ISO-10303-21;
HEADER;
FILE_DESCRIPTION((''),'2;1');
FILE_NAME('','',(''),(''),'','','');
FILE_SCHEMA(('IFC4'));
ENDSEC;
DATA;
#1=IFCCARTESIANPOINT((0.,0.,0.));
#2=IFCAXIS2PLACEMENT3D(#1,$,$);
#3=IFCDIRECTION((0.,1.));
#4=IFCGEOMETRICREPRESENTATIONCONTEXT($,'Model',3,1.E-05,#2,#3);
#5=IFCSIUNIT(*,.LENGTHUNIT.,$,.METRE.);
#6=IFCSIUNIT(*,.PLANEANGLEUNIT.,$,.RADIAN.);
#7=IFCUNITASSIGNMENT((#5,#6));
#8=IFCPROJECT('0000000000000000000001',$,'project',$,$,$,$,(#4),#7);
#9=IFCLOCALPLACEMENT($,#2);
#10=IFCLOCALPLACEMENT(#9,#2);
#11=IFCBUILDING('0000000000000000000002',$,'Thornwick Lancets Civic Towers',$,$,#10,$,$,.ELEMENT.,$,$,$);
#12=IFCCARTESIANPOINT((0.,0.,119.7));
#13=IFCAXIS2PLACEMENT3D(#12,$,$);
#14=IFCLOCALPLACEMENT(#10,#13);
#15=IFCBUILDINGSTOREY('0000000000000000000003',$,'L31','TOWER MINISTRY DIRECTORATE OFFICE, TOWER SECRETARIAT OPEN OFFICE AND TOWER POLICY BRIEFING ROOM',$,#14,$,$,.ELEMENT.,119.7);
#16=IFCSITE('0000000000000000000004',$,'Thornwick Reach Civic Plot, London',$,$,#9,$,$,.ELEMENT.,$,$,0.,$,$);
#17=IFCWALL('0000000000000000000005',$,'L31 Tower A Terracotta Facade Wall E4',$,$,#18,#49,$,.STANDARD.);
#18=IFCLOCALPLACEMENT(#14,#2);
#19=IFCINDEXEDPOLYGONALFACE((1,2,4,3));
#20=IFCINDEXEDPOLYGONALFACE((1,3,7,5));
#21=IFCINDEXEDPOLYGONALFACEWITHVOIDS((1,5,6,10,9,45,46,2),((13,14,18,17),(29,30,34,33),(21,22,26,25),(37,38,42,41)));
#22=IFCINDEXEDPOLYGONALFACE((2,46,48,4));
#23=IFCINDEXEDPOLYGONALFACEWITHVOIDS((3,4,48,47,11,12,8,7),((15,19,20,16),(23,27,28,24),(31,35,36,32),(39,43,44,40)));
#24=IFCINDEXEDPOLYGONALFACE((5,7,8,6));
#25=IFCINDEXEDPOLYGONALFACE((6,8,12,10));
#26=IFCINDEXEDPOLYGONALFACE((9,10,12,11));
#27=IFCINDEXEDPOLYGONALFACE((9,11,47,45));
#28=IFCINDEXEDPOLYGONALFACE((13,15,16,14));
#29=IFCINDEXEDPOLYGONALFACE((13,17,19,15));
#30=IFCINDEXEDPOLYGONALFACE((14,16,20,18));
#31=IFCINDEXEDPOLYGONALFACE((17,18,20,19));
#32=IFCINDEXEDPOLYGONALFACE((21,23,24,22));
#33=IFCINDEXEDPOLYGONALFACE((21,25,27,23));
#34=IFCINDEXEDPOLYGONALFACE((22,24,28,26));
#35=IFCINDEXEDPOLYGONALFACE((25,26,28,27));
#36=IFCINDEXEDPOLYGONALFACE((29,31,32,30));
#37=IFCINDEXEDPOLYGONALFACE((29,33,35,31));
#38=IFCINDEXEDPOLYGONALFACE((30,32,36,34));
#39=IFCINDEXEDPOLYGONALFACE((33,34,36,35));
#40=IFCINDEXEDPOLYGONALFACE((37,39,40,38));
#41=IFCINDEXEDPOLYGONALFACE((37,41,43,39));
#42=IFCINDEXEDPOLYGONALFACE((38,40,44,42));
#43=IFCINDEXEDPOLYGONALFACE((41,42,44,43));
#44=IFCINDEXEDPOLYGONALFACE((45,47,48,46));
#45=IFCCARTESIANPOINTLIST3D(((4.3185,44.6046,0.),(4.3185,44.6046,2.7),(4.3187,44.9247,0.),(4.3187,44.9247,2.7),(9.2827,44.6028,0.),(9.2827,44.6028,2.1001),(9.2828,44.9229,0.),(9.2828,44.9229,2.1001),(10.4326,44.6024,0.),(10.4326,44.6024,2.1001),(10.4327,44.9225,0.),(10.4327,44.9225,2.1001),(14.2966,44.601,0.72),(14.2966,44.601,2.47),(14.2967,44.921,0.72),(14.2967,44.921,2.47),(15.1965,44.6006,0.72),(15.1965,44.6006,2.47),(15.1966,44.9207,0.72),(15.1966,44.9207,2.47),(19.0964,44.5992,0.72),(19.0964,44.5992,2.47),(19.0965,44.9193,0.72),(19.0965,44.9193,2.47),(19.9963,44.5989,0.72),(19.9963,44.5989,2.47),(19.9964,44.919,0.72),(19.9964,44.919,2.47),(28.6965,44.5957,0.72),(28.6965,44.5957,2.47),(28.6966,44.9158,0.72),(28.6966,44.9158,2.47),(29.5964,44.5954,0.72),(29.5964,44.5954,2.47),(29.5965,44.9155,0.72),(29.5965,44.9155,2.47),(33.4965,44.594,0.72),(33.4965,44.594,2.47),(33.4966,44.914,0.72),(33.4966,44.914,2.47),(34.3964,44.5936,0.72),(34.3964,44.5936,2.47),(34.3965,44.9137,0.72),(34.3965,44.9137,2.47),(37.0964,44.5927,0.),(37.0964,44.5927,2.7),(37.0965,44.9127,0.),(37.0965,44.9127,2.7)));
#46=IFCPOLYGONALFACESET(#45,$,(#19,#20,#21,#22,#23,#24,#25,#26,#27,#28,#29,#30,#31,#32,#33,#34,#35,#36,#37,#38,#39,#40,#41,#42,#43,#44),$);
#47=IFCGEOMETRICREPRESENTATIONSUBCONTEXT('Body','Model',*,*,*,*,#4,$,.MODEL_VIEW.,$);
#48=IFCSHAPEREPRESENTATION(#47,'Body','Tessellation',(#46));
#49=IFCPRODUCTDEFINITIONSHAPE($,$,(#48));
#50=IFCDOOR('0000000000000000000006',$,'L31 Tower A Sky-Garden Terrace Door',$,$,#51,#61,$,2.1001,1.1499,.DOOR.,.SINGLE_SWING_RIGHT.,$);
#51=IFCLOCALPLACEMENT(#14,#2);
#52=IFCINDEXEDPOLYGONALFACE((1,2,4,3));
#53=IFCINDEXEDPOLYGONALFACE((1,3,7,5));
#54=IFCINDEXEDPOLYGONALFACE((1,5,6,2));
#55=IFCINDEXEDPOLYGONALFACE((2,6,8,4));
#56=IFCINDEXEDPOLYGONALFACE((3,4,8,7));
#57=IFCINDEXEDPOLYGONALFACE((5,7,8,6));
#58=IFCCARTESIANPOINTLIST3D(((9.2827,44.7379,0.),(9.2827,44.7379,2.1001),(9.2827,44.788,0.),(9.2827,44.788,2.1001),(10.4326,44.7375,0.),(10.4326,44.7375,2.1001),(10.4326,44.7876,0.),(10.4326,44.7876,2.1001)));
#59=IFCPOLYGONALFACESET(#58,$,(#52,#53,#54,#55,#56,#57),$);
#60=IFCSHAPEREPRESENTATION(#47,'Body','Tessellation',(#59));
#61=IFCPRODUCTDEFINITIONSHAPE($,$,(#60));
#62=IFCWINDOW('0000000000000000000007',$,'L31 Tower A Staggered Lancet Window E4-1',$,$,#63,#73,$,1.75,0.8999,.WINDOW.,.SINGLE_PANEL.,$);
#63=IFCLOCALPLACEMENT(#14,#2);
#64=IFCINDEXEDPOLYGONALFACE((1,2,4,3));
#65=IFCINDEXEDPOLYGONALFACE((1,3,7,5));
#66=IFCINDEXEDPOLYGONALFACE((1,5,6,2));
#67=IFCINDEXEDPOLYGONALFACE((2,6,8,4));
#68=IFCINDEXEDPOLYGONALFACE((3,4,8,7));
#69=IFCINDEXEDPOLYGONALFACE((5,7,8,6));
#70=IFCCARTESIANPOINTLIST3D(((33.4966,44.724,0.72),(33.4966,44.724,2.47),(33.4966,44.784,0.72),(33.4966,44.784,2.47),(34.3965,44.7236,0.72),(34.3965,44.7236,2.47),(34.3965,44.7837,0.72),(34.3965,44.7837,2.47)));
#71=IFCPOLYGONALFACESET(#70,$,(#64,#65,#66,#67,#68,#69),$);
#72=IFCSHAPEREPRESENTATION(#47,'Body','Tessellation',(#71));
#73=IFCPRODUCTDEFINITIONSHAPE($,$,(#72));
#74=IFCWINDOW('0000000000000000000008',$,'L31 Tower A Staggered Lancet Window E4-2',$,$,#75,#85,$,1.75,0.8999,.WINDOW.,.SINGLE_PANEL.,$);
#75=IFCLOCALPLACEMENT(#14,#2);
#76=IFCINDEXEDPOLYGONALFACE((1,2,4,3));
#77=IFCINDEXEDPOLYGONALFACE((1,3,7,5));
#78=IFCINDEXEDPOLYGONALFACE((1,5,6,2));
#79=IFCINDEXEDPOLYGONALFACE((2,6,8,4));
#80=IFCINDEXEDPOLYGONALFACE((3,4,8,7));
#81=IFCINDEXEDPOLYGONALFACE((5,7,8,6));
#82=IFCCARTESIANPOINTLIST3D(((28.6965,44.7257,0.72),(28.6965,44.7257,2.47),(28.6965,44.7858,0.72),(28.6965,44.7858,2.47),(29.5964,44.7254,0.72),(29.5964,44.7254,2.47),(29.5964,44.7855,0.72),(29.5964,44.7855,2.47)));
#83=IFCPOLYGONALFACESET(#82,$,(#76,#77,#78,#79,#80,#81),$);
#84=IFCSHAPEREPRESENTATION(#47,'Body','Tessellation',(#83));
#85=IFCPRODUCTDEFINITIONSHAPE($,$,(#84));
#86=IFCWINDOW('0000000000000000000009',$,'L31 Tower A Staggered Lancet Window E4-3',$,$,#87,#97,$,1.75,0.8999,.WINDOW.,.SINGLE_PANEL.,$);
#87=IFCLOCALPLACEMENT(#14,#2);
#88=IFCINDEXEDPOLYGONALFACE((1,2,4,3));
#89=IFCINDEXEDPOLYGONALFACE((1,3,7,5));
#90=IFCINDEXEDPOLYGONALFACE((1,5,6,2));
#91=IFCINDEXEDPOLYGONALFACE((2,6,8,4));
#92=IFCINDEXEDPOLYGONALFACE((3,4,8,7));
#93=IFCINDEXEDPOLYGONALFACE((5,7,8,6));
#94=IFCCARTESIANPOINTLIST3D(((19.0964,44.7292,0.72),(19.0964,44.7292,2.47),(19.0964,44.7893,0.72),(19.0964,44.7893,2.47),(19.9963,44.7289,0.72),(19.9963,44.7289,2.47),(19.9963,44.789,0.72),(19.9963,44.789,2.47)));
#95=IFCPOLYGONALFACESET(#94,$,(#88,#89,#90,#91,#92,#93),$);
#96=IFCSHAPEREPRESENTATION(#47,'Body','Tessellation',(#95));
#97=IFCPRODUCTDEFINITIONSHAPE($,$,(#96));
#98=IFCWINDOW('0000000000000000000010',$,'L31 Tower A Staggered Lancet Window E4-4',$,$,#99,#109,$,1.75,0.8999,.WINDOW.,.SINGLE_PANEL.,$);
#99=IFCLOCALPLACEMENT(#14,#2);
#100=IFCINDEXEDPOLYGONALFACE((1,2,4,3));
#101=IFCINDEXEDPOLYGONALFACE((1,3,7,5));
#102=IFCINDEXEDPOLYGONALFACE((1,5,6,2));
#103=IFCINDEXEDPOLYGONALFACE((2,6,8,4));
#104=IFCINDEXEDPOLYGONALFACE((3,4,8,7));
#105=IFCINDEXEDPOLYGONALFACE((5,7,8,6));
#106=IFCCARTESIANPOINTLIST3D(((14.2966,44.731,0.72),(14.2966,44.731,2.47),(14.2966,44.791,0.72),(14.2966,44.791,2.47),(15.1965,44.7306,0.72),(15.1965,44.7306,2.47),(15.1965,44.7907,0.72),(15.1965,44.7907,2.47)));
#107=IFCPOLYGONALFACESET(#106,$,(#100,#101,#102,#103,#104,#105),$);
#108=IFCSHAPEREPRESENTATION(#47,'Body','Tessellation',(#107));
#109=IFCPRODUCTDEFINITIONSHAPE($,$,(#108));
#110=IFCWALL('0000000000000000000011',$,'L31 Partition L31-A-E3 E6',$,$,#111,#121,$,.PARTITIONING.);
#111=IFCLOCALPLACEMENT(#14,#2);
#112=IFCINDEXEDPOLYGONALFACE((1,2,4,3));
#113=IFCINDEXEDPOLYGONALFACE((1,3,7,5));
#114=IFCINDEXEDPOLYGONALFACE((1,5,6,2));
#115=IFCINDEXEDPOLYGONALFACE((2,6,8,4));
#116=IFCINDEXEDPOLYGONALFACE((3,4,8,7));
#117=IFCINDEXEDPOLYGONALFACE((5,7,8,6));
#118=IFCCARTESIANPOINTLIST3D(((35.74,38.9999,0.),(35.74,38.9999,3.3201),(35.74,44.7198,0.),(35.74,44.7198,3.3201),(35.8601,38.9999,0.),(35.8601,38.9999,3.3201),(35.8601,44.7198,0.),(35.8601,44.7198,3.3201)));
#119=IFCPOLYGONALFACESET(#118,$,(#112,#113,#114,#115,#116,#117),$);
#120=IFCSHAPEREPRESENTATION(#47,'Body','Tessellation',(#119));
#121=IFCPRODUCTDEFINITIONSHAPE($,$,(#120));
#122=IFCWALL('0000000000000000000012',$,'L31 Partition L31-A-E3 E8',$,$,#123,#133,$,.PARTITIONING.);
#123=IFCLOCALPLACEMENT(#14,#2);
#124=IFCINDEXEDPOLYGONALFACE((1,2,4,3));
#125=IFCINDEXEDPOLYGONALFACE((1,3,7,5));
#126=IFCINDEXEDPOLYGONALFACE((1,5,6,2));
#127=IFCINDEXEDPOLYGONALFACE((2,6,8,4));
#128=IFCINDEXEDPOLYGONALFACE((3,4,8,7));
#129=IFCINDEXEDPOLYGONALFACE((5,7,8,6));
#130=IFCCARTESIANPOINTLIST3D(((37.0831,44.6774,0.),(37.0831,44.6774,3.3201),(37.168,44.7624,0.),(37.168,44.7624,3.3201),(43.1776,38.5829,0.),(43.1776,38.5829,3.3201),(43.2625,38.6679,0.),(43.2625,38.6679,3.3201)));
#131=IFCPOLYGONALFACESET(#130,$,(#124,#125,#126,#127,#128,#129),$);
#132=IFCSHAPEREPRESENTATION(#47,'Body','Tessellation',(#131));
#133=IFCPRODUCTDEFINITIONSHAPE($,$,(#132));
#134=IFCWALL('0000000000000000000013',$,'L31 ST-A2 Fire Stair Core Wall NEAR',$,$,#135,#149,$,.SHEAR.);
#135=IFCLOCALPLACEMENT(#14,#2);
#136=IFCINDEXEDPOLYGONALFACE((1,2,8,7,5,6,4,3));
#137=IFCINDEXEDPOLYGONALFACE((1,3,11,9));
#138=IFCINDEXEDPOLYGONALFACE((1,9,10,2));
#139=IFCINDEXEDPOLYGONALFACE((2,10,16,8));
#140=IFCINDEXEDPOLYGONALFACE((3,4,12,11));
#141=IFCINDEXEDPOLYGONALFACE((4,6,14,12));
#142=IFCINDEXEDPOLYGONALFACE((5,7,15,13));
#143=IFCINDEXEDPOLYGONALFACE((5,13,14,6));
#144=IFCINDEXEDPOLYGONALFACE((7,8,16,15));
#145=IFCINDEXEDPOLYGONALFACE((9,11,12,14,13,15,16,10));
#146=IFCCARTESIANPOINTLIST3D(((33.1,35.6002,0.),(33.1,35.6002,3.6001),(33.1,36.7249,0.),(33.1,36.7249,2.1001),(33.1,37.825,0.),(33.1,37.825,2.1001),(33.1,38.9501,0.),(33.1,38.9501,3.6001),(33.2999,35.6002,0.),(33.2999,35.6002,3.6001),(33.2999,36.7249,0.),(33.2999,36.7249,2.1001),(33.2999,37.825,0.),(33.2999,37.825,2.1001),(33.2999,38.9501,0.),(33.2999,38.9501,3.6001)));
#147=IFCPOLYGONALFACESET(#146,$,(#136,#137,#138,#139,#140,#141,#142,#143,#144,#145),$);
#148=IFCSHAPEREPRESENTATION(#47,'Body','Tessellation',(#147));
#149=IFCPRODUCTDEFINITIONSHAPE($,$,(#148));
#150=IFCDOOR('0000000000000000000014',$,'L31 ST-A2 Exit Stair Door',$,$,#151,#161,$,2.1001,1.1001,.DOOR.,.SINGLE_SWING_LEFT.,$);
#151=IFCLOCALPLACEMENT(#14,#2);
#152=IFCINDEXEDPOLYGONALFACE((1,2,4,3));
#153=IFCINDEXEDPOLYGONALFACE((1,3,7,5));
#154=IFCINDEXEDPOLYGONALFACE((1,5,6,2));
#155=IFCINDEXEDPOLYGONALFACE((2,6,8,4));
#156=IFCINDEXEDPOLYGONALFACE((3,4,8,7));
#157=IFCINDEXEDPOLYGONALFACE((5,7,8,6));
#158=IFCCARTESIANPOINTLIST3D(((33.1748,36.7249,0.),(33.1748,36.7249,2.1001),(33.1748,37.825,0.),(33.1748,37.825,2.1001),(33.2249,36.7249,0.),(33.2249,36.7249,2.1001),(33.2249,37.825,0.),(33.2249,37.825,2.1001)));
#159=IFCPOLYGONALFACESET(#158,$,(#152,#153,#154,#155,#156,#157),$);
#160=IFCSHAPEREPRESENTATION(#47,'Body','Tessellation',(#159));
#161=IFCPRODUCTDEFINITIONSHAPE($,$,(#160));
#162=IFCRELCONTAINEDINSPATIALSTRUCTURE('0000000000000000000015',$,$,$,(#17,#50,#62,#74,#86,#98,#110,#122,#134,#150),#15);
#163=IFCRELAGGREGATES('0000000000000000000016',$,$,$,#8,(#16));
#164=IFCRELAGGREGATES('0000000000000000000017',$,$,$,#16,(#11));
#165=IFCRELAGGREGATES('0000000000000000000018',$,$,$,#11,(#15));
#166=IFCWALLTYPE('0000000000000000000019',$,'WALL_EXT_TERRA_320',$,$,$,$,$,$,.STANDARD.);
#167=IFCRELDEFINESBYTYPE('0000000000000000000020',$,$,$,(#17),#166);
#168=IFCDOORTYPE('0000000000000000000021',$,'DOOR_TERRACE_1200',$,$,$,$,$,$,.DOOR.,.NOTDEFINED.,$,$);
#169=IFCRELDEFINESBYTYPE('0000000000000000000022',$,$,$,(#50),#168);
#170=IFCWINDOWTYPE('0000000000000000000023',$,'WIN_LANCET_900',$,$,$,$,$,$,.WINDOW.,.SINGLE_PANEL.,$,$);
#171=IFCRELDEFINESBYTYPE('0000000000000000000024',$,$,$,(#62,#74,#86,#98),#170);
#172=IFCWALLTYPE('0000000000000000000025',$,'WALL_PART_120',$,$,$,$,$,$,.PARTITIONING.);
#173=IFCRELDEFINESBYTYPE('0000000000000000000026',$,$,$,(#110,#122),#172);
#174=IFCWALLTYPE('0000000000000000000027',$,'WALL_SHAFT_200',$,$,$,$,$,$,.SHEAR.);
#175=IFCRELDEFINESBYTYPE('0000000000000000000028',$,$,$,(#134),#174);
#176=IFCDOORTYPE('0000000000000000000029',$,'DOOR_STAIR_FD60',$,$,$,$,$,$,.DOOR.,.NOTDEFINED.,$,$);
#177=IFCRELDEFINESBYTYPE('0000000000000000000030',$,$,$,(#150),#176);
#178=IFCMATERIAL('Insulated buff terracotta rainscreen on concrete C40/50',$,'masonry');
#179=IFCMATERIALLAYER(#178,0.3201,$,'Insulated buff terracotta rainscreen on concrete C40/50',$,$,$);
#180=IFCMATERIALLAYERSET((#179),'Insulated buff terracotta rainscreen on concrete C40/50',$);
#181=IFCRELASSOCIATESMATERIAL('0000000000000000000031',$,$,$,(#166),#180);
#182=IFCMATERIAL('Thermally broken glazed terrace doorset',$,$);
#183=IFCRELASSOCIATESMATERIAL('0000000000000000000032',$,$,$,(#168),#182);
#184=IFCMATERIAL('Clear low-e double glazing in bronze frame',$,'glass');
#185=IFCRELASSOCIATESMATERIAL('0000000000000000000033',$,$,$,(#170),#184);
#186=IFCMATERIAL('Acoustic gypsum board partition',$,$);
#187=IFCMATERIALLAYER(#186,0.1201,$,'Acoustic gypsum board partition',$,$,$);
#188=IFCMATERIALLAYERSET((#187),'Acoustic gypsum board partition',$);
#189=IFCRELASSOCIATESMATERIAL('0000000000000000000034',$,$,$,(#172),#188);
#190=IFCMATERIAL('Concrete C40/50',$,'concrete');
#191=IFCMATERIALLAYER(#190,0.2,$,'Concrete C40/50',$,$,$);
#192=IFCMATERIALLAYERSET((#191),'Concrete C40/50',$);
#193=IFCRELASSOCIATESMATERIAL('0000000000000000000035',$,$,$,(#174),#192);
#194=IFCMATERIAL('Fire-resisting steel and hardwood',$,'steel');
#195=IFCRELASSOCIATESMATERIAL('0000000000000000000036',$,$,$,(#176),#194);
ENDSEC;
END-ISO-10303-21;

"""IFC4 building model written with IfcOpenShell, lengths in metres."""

from ifc_helpers import new_model, si_unit, direction, frame, frame_2d, origin, place, context, subcontext, project, spatial, rectangle, extrude, material, layer, layer_set, type_object, element, fill, save


model = new_model("IFC4")

# Units and contexts
model_context = context("Model", 3, precision=1e-05, world=origin(), true_north=direction((0.0, 1.0)))
body_context = subcontext(model_context, "Body", "Model", "MODEL_VIEW")
ifc_project = project(units=[si_unit("LENGTHUNIT", "METRE"), si_unit("PLANEANGLEUNIT", "RADIAN")], contexts=[model_context])

# Site, building, storey
site_placement = place(None, origin())
site = spatial("IfcSite", under=ifc_project, at=site_placement, Name="Thornwick Reach Civic Plot, London", CompositionType="ELEMENT", RefElevation=0.0)
building_placement = place(site_placement, origin())
building = spatial("IfcBuilding", under=site, at=building_placement, Name="Thornwick Lancets Civic Towers", CompositionType="ELEMENT")
storey_placement = place(building_placement, frame((0.0, 0.0, 119.7)))
storey = spatial("IfcBuildingStorey", under=building, at=storey_placement, Name="L31", Description="TOWER MINISTRY DIRECTORATE OFFICE, TOWER SECRETARIAT OPEN OFFICE AND TOWER POLICY BRIEFING ROOM", CompositionType="ELEMENT", Elevation=119.7)

# Wall, openings, door, windows
ifc_material_1 = material(Name="Insulated buff terracotta rainscreen on concrete C40/50", Category="masonry")
ifc_layer_1 = layer(ifc_material_1, 0.3201, Name="Insulated buff terracotta rainscreen on concrete C40/50")
ifc_layer_set_1 = layer_set([ifc_layer_1], Name="Insulated buff terracotta rainscreen on concrete C40/50")
wall_type_1 = type_object("IfcWallType", Name="WALL_EXT_TERRA_320", PredefinedType="STANDARD", material=ifc_layer_set_1)
wall_1_placement = place(storey_placement, frame((37.0964, 44.7527, 0.0), z_axis=(0.0, 0.0, 1.0), x_axis=(-1.0, 0.000365, 0.0)))
wall_1 = element("IfcWall", 1, at=wall_1_placement, inside=storey, type_object=wall_type_1, Name="L31 Tower A Terracotta Facade Wall E4", PredefinedType="STANDARD", context=body_context, shape_type="SweptSolid", body=[
    extrude(rectangle(XDim=32.7778, YDim=0.3201, at=frame_2d((16.3889, 0.0))), origin(), (0.0, 0.0, 1.0), 2.7),
])
opening_1_placement = place(wall_1_placement, frame((26.6638, 0.0, 0.0)))
opening_1 = element("IfcOpeningElement", 2, at=opening_1_placement, cuts=wall_1, PredefinedType="OPENING", context=body_context, shape_type="SweptSolid", body=[
    extrude(rectangle(XDim=1.1499, YDim=2.1001, at=frame_2d((0.575, 1.05))), frame((0.0, 0.1699, 0.0), z_axis=(0.0, -1.0, 0.0), x_axis=(1.0, 0.0, 0.0)), (0.0, 0.0, 1.0), 0.3401),
])
opening_2_placement = place(wall_1_placement, frame((2.7, 0.0, 0.72)))
opening_2 = element("IfcOpeningElement", 3, at=opening_2_placement, cuts=wall_1, PredefinedType="OPENING", context=body_context, shape_type="SweptSolid", body=[
    extrude(rectangle(XDim=0.8999, YDim=1.75, at=frame_2d((0.45, 0.875))), frame((0.0, 0.1699, 0.0), z_axis=(0.0, -1.0, 0.0), x_axis=(1.0, 0.0, 0.0)), (0.0, 0.0, 1.0), 0.3401),
])
opening_3_placement = place(wall_1_placement, frame((7.5, 0.0, 0.72)))
opening_3 = element("IfcOpeningElement", 4, at=opening_3_placement, cuts=wall_1, PredefinedType="OPENING", context=body_context, shape_type="SweptSolid", body=[
    extrude(rectangle(XDim=0.8999, YDim=1.75, at=frame_2d((0.45, 0.875))), frame((0.0, 0.1699, 0.0), z_axis=(0.0, -1.0, 0.0), x_axis=(1.0, 0.0, 0.0)), (0.0, 0.0, 1.0), 0.3401),
])
opening_4_placement = place(wall_1_placement, frame((17.1001, 0.0, 0.72)))
opening_4 = element("IfcOpeningElement", 5, at=opening_4_placement, cuts=wall_1, PredefinedType="OPENING", context=body_context, shape_type="SweptSolid", body=[
    extrude(rectangle(XDim=0.8999, YDim=1.75, at=frame_2d((0.45, 0.875))), frame((0.0, 0.1699, 0.0), z_axis=(0.0, -1.0, 0.0), x_axis=(1.0, 0.0, 0.0)), (0.0, 0.0, 1.0), 0.3401),
])
opening_5_placement = place(wall_1_placement, frame((21.8999, 0.0, 0.72)))
opening_5 = element("IfcOpeningElement", 6, at=opening_5_placement, cuts=wall_1, PredefinedType="OPENING", context=body_context, shape_type="SweptSolid", body=[
    extrude(rectangle(XDim=0.8999, YDim=1.75, at=frame_2d((0.45, 0.875))), frame((0.0, 0.1699, 0.0), z_axis=(0.0, -1.0, 0.0), x_axis=(1.0, 0.0, 0.0)), (0.0, 0.0, 1.0), 0.3401),
])
ifc_material_2 = material(Name="Thermally broken glazed terrace doorset")
door_type_1 = type_object("IfcDoorType", Name="DOOR_TERRACE_1200", OperationType="NOTDEFINED", PredefinedType="DOOR", material=ifc_material_2)
door_1_placement = place(opening_1_placement, origin())
door_1 = element("IfcDoor", 7, at=door_1_placement, inside=storey, type_object=door_type_1, Name="L31 Tower A Sky-Garden Terrace Door", OperationType="SINGLE_SWING_RIGHT", OverallHeight=2.1001, OverallWidth=1.1499, PredefinedType="DOOR", context=body_context, shape_type="SweptSolid", body=[
    extrude(rectangle(XDim=1.1499, YDim=2.1001, at=frame_2d((0.575, 1.05))), frame((0.0, 0.0249, 0.0), z_axis=(0.0, -1.0, 0.0), x_axis=(1.0, 0.0, 0.0)), (0.0, 0.0, 1.0), 0.05),
])
fill(opening_1, door_1)
ifc_material_3 = material(Name="Clear low-e double glazing in bronze frame", Category="glass")
window_type = type_object("IfcWindowType", Name="WIN_LANCET_900", PartitioningType="SINGLE_PANEL", PredefinedType="WINDOW", material=ifc_material_3)
window_1_placement = place(opening_2_placement, origin())
window_1 = element("IfcWindow", 8, at=window_1_placement, inside=storey, type_object=window_type, Name="L31 Tower A Staggered Lancet Window E4-1", OverallHeight=1.75, OverallWidth=0.8999, PartitioningType="SINGLE_PANEL", PredefinedType="WINDOW", context=body_context, shape_type="SweptSolid", body=[
    extrude(rectangle(XDim=0.8999, YDim=1.75, at=frame_2d((0.45, 0.875))), frame((0.0, 0.03, 0.0), z_axis=(0.0, -1.0, 0.0), x_axis=(1.0, 0.0, 0.0)), (0.0, 0.0, 1.0), 0.0601),
])
fill(opening_2, window_1)
window_2_placement = place(opening_3_placement, origin())
window_2 = element("IfcWindow", 9, at=window_2_placement, inside=storey, type_object=window_type, Name="L31 Tower A Staggered Lancet Window E4-2", OverallHeight=1.75, OverallWidth=0.8999, PartitioningType="SINGLE_PANEL", PredefinedType="WINDOW", context=body_context, shape_type="SweptSolid", body=[
    extrude(rectangle(XDim=0.8999, YDim=1.75, at=frame_2d((0.45, 0.875))), frame((0.0, 0.03, 0.0), z_axis=(0.0, -1.0, 0.0), x_axis=(1.0, 0.0, 0.0)), (0.0, 0.0, 1.0), 0.0601),
])
fill(opening_3, window_2)
window_3_placement = place(opening_4_placement, origin())
window_3 = element("IfcWindow", 10, at=window_3_placement, inside=storey, type_object=window_type, Name="L31 Tower A Staggered Lancet Window E4-3", OverallHeight=1.75, OverallWidth=0.8999, PartitioningType="SINGLE_PANEL", PredefinedType="WINDOW", context=body_context, shape_type="SweptSolid", body=[
    extrude(rectangle(XDim=0.8999, YDim=1.75, at=frame_2d((0.45, 0.875))), frame((0.0, 0.03, 0.0), z_axis=(0.0, -1.0, 0.0), x_axis=(1.0, 0.0, 0.0)), (0.0, 0.0, 1.0), 0.0601),
])
fill(opening_4, window_3)
window_4_placement = place(opening_5_placement, origin())
window_4 = element("IfcWindow", 11, at=window_4_placement, inside=storey, type_object=window_type, Name="L31 Tower A Staggered Lancet Window E4-4", OverallHeight=1.75, OverallWidth=0.8999, PartitioningType="SINGLE_PANEL", PredefinedType="WINDOW", context=body_context, shape_type="SweptSolid", body=[
    extrude(rectangle(XDim=0.8999, YDim=1.75, at=frame_2d((0.45, 0.875))), frame((0.0, 0.03, 0.0), z_axis=(0.0, -1.0, 0.0), x_axis=(1.0, 0.0, 0.0)), (0.0, 0.0, 1.0), 0.0601),
])
fill(opening_5, window_4)

# Walls
ifc_material_4 = material(Name="Acoustic gypsum board partition")
ifc_layer_2 = layer(ifc_material_4, 0.1201, Name="Acoustic gypsum board partition")
ifc_layer_set_2 = layer_set([ifc_layer_2], Name="Acoustic gypsum board partition")
wall_type_2 = type_object("IfcWallType", Name="WALL_PART_120", PredefinedType="PARTITIONING", material=ifc_layer_set_2)
wall_2_placement = place(storey_placement, frame((35.8, 39.0, 0.0), z_axis=(0.0, 0.0, 1.0), x_axis=(0.0, 1.0, 0.0)))
element("IfcWall", 12, at=wall_2_placement, inside=storey, type_object=wall_type_2, Name="L31 Partition L31-A-E3 E6", PredefinedType="PARTITIONING", context=body_context, shape_type="SweptSolid", body=[
    extrude(rectangle(XDim=5.72, YDim=0.1201, at=frame_2d((2.8599, 0.0))), origin(), (0.0, 0.0, 1.0), 3.3201),
])
wall_3_placement = place(storey_placement, frame((37.1255, 44.72, 0.0), z_axis=(0.0, 0.0, 1.0), x_axis=(0.707107, -0.707107, 0.0)))
element("IfcWall", 13, at=wall_3_placement, inside=storey, type_object=wall_type_2, Name="L31 Partition L31-A-E3 E8", PredefinedType="PARTITIONING", context=body_context, shape_type="SweptSolid", body=[
    extrude(rectangle(XDim=8.6189, YDim=0.1201, at=frame_2d((4.3096, 0.0))), origin(), (0.0, 0.0, 1.0), 3.3201),
])

# Wall, opening, door
ifc_material_5 = material(Name="Concrete C40/50", Category="concrete")
ifc_layer_3 = layer(ifc_material_5, 0.2, Name="Concrete C40/50")
ifc_layer_set_3 = layer_set([ifc_layer_3], Name="Concrete C40/50")
wall_type_3 = type_object("IfcWallType", Name="WALL_SHAFT_200", PredefinedType="SHEAR", material=ifc_layer_set_3)
wall_4_placement = place(storey_placement, frame((33.2, 38.95, 0.0), z_axis=(0.0, 0.0, 1.0), x_axis=(0.0, -1.0, 0.0)))
wall_4 = element("IfcWall", 14, at=wall_4_placement, inside=storey, type_object=wall_type_3, Name="L31 ST-A2 Fire Stair Core Wall NEAR", PredefinedType="SHEAR", context=body_context, shape_type="SweptSolid", body=[
    extrude(rectangle(XDim=3.3499, YDim=0.2, at=frame_2d((1.6748, 0.0))), origin(), (0.0, 0.0, 1.0), 3.6001),
])
opening_6_placement = place(wall_4_placement, frame((1.125, 0.0, 0.0)))
opening_6 = element("IfcOpeningElement", 15, at=opening_6_placement, cuts=wall_4, PredefinedType="OPENING", context=body_context, shape_type="SweptSolid", body=[
    extrude(rectangle(XDim=1.1001, YDim=2.1001, at=frame_2d((0.55, 1.05))), frame((0.0, 0.1099, 0.0), z_axis=(0.0, -1.0, 0.0), x_axis=(1.0, 0.0, 0.0)), (0.0, 0.0, 1.0), 0.22),
])
ifc_material_6 = material(Name="Fire-resisting steel and hardwood", Category="steel")
door_type_2 = type_object("IfcDoorType", Name="DOOR_STAIR_FD60", OperationType="NOTDEFINED", PredefinedType="DOOR", material=ifc_material_6)
door_2_placement = place(opening_6_placement, origin())
door_2 = element("IfcDoor", 16, at=door_2_placement, inside=storey, type_object=door_type_2, Name="L31 ST-A2 Exit Stair Door", OperationType="SINGLE_SWING_LEFT", OverallHeight=2.1001, OverallWidth=1.1001, PredefinedType="DOOR", context=body_context, shape_type="SweptSolid", body=[
    extrude(rectangle(XDim=1.1001, YDim=2.1001, at=frame_2d((0.55, 1.05))), frame((0.0, 0.0249, 0.0), z_axis=(0.0, -1.0, 0.0), x_axis=(1.0, 0.0, 0.0)), (0.0, 0.0, 1.0), 0.05),
])
fill(opening_6, door_2)

save(model, "model.ifc")
